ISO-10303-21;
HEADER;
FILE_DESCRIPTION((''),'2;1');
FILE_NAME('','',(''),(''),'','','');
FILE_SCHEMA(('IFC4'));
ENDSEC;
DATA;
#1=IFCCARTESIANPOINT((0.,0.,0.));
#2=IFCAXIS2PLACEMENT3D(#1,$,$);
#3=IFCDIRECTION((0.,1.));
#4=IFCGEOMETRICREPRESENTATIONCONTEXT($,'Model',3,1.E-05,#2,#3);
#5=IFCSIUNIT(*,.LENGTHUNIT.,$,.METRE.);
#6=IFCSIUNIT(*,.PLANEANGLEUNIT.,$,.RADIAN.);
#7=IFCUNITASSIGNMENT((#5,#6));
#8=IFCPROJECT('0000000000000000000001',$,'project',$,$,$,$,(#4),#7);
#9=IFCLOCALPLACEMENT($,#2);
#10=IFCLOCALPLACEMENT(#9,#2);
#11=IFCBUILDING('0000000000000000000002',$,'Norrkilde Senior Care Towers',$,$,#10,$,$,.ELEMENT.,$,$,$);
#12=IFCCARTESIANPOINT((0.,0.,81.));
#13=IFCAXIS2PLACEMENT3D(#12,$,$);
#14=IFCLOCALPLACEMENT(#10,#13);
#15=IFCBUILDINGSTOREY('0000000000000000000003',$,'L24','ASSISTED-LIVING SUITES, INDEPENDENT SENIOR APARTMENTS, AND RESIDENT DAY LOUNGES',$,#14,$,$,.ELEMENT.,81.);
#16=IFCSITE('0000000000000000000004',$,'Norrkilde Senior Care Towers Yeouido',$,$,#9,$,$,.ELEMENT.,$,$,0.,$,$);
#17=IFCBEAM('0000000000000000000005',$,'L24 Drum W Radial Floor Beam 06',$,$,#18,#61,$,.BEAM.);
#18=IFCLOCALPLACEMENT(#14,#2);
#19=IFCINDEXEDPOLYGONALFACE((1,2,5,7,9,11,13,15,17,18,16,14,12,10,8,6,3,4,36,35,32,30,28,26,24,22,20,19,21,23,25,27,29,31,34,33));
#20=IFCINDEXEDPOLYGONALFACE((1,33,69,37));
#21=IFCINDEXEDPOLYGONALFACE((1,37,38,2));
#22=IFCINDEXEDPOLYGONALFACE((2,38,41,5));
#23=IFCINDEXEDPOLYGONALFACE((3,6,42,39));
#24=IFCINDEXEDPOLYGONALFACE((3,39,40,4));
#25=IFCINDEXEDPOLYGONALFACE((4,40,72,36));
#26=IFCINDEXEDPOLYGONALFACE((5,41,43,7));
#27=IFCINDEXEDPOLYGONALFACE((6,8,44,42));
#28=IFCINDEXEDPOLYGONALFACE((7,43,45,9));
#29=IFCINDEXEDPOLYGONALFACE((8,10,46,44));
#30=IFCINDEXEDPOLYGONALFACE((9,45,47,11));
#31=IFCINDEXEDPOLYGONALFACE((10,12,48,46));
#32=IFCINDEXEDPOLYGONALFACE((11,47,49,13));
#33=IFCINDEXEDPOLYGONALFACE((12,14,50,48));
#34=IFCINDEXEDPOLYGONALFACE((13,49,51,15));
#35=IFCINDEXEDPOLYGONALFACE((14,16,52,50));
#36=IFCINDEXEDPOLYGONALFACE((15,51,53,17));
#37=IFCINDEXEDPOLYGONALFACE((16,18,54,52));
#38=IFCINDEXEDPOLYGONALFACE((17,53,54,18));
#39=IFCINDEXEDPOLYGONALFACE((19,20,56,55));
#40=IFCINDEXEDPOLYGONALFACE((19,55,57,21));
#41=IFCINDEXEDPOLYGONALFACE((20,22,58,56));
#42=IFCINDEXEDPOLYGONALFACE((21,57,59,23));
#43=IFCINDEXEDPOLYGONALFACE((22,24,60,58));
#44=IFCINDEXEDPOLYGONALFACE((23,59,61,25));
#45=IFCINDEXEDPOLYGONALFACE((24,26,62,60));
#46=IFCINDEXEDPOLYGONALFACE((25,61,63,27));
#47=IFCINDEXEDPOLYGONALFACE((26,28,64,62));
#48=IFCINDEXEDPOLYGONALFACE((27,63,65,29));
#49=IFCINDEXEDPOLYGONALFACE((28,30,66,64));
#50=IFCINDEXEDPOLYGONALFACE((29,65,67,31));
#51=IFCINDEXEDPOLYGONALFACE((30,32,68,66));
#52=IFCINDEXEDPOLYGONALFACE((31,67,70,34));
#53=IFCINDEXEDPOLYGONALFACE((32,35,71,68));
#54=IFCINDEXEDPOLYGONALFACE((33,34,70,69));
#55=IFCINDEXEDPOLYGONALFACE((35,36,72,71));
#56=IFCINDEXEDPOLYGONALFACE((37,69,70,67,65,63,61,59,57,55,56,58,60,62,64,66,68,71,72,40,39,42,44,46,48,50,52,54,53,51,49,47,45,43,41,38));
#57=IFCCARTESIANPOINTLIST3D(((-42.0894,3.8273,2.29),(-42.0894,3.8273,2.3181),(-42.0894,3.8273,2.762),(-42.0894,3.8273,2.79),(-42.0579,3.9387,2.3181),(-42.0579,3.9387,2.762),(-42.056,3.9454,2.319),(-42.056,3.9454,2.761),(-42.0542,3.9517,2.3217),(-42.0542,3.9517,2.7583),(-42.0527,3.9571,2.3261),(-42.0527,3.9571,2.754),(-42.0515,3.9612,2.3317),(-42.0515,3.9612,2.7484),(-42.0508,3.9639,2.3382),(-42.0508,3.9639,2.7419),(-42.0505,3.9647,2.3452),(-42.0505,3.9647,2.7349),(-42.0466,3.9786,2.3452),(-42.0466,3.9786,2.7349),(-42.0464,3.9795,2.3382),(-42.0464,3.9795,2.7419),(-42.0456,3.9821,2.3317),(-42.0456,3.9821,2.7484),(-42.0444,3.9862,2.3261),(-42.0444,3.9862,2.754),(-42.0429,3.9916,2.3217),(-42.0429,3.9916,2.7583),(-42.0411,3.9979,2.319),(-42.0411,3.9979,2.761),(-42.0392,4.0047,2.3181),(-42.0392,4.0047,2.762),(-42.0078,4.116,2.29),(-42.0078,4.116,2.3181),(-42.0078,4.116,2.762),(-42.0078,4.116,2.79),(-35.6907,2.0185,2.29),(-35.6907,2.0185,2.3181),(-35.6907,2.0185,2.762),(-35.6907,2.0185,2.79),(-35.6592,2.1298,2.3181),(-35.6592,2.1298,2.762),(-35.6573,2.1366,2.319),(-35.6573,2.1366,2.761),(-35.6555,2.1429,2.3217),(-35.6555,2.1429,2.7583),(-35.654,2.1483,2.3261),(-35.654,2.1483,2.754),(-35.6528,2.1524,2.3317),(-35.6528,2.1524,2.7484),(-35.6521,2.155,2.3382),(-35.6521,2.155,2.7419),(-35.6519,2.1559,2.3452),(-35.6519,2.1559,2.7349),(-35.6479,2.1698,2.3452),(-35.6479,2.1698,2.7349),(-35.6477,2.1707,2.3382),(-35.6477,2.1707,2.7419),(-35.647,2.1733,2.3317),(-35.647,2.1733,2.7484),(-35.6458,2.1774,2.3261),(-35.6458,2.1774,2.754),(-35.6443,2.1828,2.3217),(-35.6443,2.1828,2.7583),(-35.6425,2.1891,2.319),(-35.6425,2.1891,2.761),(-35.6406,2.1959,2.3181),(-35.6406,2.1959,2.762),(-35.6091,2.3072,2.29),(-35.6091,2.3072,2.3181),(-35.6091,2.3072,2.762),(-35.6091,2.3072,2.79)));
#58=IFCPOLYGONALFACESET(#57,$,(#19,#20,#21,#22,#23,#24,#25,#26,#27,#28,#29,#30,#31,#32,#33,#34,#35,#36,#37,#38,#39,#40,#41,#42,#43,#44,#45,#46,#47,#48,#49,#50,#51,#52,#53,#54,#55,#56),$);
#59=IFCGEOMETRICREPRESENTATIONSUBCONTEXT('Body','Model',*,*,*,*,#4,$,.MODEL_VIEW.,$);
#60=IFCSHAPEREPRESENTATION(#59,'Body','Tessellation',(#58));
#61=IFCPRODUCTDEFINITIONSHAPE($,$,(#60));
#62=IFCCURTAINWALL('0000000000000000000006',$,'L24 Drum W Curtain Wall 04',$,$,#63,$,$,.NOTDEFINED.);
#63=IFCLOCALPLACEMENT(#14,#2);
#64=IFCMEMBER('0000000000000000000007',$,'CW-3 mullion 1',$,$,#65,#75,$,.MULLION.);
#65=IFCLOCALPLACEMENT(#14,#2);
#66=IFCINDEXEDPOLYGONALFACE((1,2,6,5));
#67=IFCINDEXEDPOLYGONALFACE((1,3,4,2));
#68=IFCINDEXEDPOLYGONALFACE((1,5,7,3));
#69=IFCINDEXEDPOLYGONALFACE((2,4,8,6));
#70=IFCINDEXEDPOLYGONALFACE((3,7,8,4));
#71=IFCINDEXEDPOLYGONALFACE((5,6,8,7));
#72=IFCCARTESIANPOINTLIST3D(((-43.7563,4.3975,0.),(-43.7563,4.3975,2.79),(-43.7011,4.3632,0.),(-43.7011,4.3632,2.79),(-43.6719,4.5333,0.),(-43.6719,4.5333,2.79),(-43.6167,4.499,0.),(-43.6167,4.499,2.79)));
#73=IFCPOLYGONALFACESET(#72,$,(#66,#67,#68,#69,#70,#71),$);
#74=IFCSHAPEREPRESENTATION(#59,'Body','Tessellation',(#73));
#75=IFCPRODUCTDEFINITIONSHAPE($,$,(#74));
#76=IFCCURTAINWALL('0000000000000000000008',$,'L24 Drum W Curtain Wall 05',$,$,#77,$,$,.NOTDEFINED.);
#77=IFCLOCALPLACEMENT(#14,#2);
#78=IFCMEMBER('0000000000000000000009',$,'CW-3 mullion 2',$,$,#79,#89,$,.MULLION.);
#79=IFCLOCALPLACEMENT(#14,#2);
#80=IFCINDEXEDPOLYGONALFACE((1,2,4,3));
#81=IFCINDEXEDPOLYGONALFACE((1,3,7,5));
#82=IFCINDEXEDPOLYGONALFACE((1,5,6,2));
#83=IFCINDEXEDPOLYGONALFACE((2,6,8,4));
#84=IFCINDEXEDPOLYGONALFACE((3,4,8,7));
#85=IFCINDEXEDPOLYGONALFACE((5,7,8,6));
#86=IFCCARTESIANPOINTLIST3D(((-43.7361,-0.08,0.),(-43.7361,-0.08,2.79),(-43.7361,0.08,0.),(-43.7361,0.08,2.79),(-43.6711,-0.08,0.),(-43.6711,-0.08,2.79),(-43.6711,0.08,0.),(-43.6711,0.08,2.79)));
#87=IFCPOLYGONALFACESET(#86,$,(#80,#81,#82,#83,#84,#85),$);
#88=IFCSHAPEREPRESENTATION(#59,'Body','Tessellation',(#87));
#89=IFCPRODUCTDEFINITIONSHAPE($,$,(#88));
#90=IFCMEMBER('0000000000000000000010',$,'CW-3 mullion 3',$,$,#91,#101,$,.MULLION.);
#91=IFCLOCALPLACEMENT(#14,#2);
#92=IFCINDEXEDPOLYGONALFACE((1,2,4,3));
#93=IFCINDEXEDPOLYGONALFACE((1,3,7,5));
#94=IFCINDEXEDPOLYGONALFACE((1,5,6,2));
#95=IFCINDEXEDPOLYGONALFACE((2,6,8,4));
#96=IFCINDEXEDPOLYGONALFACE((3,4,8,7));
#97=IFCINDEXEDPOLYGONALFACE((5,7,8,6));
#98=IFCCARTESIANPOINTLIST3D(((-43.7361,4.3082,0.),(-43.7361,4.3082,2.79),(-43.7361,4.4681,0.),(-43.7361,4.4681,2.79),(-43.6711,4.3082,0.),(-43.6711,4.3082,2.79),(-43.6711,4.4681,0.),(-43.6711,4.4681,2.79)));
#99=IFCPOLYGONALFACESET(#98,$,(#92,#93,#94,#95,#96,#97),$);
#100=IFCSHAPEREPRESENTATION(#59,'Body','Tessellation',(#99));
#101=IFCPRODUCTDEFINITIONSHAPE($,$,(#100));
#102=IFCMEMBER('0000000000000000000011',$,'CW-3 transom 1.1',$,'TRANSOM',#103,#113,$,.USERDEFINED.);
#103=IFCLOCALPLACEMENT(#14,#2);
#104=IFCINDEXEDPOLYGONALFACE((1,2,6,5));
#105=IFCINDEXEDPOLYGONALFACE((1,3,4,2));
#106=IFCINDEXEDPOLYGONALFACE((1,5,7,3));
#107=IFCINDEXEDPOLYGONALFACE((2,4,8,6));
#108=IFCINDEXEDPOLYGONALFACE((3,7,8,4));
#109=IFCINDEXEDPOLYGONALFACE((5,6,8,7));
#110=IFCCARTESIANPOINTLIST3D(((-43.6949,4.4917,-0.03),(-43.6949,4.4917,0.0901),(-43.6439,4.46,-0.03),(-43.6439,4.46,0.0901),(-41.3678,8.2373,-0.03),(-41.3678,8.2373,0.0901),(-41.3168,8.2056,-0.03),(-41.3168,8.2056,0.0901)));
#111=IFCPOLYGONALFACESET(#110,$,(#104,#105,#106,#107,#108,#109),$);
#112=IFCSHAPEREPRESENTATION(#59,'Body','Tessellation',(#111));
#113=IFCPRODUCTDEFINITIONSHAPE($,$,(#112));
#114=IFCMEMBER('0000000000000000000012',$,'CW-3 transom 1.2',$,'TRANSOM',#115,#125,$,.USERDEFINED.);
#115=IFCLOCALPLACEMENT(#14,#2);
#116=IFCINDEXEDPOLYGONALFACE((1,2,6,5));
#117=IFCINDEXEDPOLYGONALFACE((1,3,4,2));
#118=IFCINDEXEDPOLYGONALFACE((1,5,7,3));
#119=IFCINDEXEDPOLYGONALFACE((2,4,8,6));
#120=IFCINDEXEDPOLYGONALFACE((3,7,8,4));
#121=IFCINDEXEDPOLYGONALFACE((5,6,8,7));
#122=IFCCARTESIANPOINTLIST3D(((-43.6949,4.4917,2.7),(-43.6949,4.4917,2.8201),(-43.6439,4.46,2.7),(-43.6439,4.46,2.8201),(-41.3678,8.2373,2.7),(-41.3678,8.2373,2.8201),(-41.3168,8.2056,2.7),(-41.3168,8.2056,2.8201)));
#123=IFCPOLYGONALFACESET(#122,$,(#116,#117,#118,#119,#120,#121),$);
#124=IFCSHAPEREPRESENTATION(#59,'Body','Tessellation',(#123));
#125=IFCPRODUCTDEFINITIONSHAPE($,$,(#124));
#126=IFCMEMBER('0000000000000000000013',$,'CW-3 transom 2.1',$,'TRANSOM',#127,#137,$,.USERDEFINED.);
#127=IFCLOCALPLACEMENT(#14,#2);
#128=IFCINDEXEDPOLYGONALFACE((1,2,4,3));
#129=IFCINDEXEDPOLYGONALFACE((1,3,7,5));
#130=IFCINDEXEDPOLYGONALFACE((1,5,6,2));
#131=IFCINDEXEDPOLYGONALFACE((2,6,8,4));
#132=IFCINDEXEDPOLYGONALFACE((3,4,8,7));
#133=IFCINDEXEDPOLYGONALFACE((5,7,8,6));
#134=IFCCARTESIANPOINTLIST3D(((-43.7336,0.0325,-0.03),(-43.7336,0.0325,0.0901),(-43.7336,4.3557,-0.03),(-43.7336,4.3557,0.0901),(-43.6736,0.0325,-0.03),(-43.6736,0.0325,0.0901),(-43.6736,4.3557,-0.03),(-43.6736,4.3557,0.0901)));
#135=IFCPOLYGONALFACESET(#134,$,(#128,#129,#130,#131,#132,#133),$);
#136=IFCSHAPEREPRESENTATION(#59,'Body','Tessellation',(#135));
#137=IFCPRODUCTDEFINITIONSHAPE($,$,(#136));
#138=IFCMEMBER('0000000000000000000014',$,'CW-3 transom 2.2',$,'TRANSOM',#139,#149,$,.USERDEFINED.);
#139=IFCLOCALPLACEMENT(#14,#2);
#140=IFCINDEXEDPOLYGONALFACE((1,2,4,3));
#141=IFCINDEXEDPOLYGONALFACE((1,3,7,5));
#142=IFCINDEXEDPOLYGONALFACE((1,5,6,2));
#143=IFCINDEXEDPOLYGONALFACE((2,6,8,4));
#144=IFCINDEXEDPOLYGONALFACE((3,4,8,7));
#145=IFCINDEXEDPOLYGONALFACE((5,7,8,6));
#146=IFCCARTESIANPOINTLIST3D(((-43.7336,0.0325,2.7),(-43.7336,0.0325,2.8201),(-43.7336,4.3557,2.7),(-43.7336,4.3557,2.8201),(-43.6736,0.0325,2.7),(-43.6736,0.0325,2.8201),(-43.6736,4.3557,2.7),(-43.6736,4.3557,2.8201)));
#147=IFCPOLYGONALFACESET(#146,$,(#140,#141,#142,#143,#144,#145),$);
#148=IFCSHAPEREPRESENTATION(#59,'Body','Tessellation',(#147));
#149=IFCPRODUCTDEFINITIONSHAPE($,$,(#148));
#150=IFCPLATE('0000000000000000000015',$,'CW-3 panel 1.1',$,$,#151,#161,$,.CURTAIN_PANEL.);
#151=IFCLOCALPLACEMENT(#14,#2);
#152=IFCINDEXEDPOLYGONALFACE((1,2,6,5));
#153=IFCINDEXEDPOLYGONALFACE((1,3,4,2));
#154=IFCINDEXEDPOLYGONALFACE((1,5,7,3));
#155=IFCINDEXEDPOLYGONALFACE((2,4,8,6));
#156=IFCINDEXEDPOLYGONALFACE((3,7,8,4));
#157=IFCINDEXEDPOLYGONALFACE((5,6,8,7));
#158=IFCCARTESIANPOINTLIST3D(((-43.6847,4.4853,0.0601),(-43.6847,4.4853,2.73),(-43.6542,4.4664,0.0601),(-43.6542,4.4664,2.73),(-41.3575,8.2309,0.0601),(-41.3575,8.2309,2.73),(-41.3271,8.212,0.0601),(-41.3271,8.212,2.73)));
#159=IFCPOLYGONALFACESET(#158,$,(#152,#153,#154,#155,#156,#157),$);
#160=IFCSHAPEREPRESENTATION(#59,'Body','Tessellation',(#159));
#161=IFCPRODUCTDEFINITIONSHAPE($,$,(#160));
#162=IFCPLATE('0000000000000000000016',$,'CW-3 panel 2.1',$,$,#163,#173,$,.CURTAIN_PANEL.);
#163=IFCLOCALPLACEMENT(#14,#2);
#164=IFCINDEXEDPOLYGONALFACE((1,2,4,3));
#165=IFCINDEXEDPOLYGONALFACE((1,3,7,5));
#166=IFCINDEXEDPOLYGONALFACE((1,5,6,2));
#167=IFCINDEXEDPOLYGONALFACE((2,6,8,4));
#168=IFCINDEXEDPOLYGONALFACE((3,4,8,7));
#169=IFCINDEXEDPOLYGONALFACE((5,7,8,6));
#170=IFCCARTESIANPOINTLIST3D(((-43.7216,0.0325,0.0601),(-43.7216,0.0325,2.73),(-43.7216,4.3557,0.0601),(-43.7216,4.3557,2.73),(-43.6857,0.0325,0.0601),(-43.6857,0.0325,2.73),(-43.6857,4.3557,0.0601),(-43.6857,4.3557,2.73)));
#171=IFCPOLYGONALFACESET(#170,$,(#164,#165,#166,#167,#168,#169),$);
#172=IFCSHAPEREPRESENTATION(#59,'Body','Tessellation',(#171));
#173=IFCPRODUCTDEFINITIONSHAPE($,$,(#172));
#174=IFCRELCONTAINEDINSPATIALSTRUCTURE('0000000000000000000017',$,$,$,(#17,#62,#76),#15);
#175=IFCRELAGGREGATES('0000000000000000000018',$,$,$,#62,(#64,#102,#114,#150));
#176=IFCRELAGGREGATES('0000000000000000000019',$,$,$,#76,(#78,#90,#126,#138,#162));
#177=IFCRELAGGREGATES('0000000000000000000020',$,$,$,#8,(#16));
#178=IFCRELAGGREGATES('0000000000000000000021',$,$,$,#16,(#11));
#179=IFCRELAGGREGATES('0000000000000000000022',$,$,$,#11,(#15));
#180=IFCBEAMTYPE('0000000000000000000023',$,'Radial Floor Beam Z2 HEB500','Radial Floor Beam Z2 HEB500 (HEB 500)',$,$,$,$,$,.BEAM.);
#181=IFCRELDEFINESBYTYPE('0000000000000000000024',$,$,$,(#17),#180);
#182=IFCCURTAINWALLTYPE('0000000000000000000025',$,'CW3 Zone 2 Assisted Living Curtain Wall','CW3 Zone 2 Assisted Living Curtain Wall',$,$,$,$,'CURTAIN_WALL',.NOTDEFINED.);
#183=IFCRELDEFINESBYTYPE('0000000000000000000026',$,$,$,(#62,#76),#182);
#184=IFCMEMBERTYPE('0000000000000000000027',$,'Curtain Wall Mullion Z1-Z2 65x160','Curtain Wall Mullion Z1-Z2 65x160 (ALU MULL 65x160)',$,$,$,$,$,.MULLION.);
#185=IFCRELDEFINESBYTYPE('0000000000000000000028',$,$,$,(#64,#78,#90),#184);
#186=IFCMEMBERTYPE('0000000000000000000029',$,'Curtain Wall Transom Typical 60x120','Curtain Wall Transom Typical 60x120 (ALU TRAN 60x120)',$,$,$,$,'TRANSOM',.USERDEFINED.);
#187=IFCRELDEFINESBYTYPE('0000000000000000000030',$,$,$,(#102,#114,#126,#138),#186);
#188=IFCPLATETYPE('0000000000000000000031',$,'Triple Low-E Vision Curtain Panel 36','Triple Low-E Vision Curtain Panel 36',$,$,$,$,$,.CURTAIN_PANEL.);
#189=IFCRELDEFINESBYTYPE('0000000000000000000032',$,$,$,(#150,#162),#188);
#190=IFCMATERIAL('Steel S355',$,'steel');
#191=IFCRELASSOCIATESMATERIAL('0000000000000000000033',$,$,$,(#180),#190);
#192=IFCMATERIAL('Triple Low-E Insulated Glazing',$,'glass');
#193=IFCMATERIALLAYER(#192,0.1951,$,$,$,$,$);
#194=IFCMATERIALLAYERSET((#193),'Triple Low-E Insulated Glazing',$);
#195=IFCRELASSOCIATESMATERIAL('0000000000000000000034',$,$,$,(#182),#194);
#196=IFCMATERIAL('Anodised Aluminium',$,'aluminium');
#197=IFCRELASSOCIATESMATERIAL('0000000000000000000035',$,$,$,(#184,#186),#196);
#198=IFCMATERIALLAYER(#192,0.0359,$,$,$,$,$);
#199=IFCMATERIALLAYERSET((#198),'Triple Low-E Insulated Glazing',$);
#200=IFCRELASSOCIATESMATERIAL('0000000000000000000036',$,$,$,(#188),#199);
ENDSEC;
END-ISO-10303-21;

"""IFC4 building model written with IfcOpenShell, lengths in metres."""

from ifc_helpers import new_model, si_unit, direction, frame, origin, origin_2d, place, context, subcontext, project, spatial, rectangle, i_section, extrude, source, transform, mapped, material, layer, layer_set, material_profile, profile_set, type_object, type_shapes, element, aggregate, save


model = new_model("IFC4")

# Units and contexts
model_context = context("Model", 3, precision=1e-05, world=origin(), true_north=direction((0.0, 1.0)))
body_context = subcontext(model_context, "Body", "Model", "MODEL_VIEW")
ifc_project = project(units=[si_unit("LENGTHUNIT", "METRE"), si_unit("PLANEANGLEUNIT", "RADIAN")], contexts=[model_context])

# Site, building, storey
site_placement = place(None, origin())
site = spatial("IfcSite", under=ifc_project, at=site_placement, Name="Norrkilde Senior Care Towers Yeouido", CompositionType="ELEMENT", RefElevation=0.0)
building_placement = place(site_placement, origin())
building = spatial("IfcBuilding", under=site, at=building_placement, Name="Norrkilde Senior Care Towers", CompositionType="ELEMENT")
storey_placement = place(building_placement, frame((0.0, 0.0, 81.0)))
storey = spatial("IfcBuildingStorey", under=building, at=storey_placement, Name="L24", Description="ASSISTED-LIVING SUITES, INDEPENDENT SENIOR APARTMENTS, AND RESIDENT DAY LOUNGES", CompositionType="ELEMENT", Elevation=81.0)

# Beam
ifc_material_1 = material(Name="Steel S355", Category="steel")
ifc_material_profile_1 = material_profile(ifc_material_1, i_section(OverallWidth=0.3, OverallDepth=0.5, WebThickness=0.0144, FlangeThickness=0.0281, FilletRadius=0.0271, at=origin_2d()), Name="HEB 500")
ifc_profile_set_1 = profile_set([ifc_material_profile_1], Name="Steel S355")
beam_type_1 = type_object("IfcBeamType", Name="Radial Floor Beam Z2 HEB500", Description="Radial Floor Beam Z2 HEB500 (HEB 500)", PredefinedType="BEAM", material=ifc_profile_set_1)
shared_shape_1 = source(origin(), body_context, "Body", "SweptSolid", [
    extrude(i_section(OverallWidth=0.3, OverallDepth=0.5, WebThickness=0.0144, FlangeThickness=0.0281, FilletRadius=0.0271, at=origin_2d()), origin(), (0.0, 0.0, 1.0), 6.6494),
])
beam_1_placement = place(storey_placement, frame((-35.6499, 2.1628, 2.54), z_axis=(-0.962289, 0.272029, 0.0), x_axis=(-0.272029, -0.962289, 0.0)))
element("IfcBeam", 1, at=beam_1_placement, inside=storey, type_object=beam_type_1, Name="L24 Drum W Radial Floor Beam 06", PredefinedType="BEAM", context=body_context, shape_type="MappedRepresentation", body=[
    mapped(shared_shape_1, transform((0.0, 0.0, 0.0), x_axis=(1.0, 0.0, 0.0), y_axis=(0.0, 1.0, 0.0), z_axis=(0.0, 0.0, 1.0), scale=1.0)),
])

# Curtain wall, member
ifc_material_2 = material(Name="Triple Low-E Insulated Glazing", Category="glass")
ifc_layer_1 = layer(ifc_material_2, 0.1951)
ifc_layer_set_1 = layer_set([ifc_layer_1], Name="Triple Low-E Insulated Glazing")
curtain_wall_type = type_object("IfcCurtainWallType", Name="CW3 Zone 2 Assisted Living Curtain Wall", Description="CW3 Zone 2 Assisted Living Curtain Wall", ElementType="CURTAIN_WALL", PredefinedType="NOTDEFINED", material=ifc_layer_set_1)
curtain_wall_1_placement = place(storey_placement, origin())
curtain_wall_1 = element("IfcCurtainWall", 2, at=curtain_wall_1_placement, inside=storey, type_object=curtain_wall_type, Name="L24 Drum W Curtain Wall 04", PredefinedType="NOTDEFINED")
ifc_material_3 = material(Name="Anodised Aluminium", Category="aluminium")
ifc_material_profile_2 = material_profile(ifc_material_3, rectangle(XDim=0.0649, YDim=0.1599, at=origin_2d()), Name="ALU MULL 65x160")
ifc_profile_set_2 = profile_set([ifc_material_profile_2], Name="Anodised Aluminium")
member_type_1 = type_object("IfcMemberType", Name="Curtain Wall Mullion Z1-Z2 65x160", Description="Curtain Wall Mullion Z1-Z2 65x160 (ALU MULL 65x160)", PredefinedType="MULLION", material=ifc_profile_set_2)
shared_shape_2 = source(origin(), body_context, "Body", "SweptSolid", [
    extrude(rectangle(XDim=0.0649, YDim=0.1599, at=origin_2d()), origin(), (0.0, 0.0, 1.0), 2.79),
])
type_shapes(member_type_1, [shared_shape_2])
member_1_placement = place(storey_placement, frame((-43.6865, 4.4482, 0.0), z_axis=(0.0, 0.0, 1.0), x_axis=(-0.84941, 0.527733, 0.0)))
member_1 = element("IfcMember", 3, at=member_1_placement, type_object=member_type_1, Name="CW-3 mullion 1", PredefinedType="MULLION", context=body_context, shape_type="MappedRepresentation", body=[
    mapped(shared_shape_2, transform((0.0, 0.0, 0.0), x_axis=(1.0, 0.0, 0.0), y_axis=(0.0, 1.0, 0.0), z_axis=(0.0, 0.0, 1.0), scale=1.0)),
])

# Curtain wall, members
curtain_wall_2_placement = place(storey_placement, origin())
curtain_wall_2 = element("IfcCurtainWall", 4, at=curtain_wall_2_placement, inside=storey, type_object=curtain_wall_type, Name="L24 Drum W Curtain Wall 05", PredefinedType="NOTDEFINED")
member_2_placement = place(storey_placement, frame((-43.7036, 0.0, 0.0), z_axis=(0.0, 0.0, 1.0), x_axis=(-1.0, 0.0, 0.0)))
member_2 = element("IfcMember", 5, at=member_2_placement, type_object=member_type_1, Name="CW-3 mullion 2", PredefinedType="MULLION", context=body_context, shape_type="MappedRepresentation", body=[
    mapped(shared_shape_2, transform((0.0, 0.0, 0.0), x_axis=(1.0, 0.0, 0.0), y_axis=(0.0, 1.0, 0.0), z_axis=(0.0, 0.0, 1.0), scale=1.0)),
])
member_3_placement = place(storey_placement, frame((-43.7036, 4.3882, 0.0), z_axis=(0.0, 0.0, 1.0), x_axis=(-1.0, 0.0, 0.0)))
member_3 = element("IfcMember", 6, at=member_3_placement, type_object=member_type_1, Name="CW-3 mullion 3", PredefinedType="MULLION", context=body_context, shape_type="MappedRepresentation", body=[
    mapped(shared_shape_2, transform((0.0, 0.0, 0.0), x_axis=(1.0, 0.0, 0.0), y_axis=(0.0, 1.0, 0.0), z_axis=(0.0, 0.0, 1.0), scale=1.0)),
])

# Members
ifc_material_profile_3 = material_profile(ifc_material_3, rectangle(XDim=0.0601, YDim=0.1201, at=origin_2d()), Name="ALU TRAN 60x120")
ifc_profile_set_3 = profile_set([ifc_material_profile_3], Name="Anodised Aluminium")
member_type_2 = type_object("IfcMemberType", Name="Curtain Wall Transom Typical 60x120", Description="Curtain Wall Transom Typical 60x120 (ALU TRAN 60x120)", ElementType="TRANSOM", PredefinedType="USERDEFINED", material=ifc_profile_set_3)
shared_shape_3 = source(origin(), body_context, "Body", "SweptSolid", [
    extrude(rectangle(XDim=0.0601, YDim=0.1201, at=origin_2d()), origin(), (0.0, 0.0, 1.0), 4.4097),
])
member_4_placement = place(storey_placement, frame((-43.6694, 4.4758, 0.03), z_axis=(0.527738, 0.849407, 0.0), x_axis=(-0.849407, 0.527738, 0.0)))
member_4 = element("IfcMember", 7, at=member_4_placement, type_object=member_type_2, Name="CW-3 transom 1.1", ObjectType="TRANSOM", PredefinedType="USERDEFINED", context=body_context, shape_type="MappedRepresentation", body=[
    mapped(shared_shape_3, transform((0.0, 0.0, 0.0), x_axis=(1.0, 0.0, 0.0), y_axis=(0.0, 1.0, 0.0), z_axis=(0.0, 0.0, 1.0), scale=1.0)),
])
member_5_placement = place(storey_placement, frame((-43.6694, 4.4758, 2.76), z_axis=(0.527738, 0.849407, 0.0), x_axis=(-0.849407, 0.527738, 0.0)))
member_5 = element("IfcMember", 8, at=member_5_placement, type_object=member_type_2, Name="CW-3 transom 1.2", ObjectType="TRANSOM", PredefinedType="USERDEFINED", context=body_context, shape_type="MappedRepresentation", body=[
    mapped(shared_shape_3, transform((0.0, 0.0, 0.0), x_axis=(1.0, 0.0, 0.0), y_axis=(0.0, 1.0, 0.0), z_axis=(0.0, 0.0, 1.0), scale=1.0)),
])
shared_shape_4 = source(origin(), body_context, "Body", "SweptSolid", [
    extrude(rectangle(XDim=0.0601, YDim=0.1201, at=origin_2d()), origin(), (0.0, 0.0, 1.0), 4.3232),
])
type_shapes(member_type_2, [shared_shape_3, shared_shape_4])
member_6_placement = place(storey_placement, frame((-43.7036, 0.0325, 0.03), z_axis=(0.0, 1.0, 0.0), x_axis=(-1.0, 0.0, 0.0)))
member_6 = element("IfcMember", 9, at=member_6_placement, type_object=member_type_2, Name="CW-3 transom 2.1", ObjectType="TRANSOM", PredefinedType="USERDEFINED", context=body_context, shape_type="MappedRepresentation", body=[
    mapped(shared_shape_4, transform((0.0, 0.0, 0.0), x_axis=(1.0, 0.0, 0.0), y_axis=(0.0, 1.0, 0.0), z_axis=(0.0, 0.0, 1.0), scale=1.0)),
])
member_7_placement = place(storey_placement, frame((-43.7036, 0.0325, 2.76), z_axis=(0.0, 1.0, 0.0), x_axis=(-1.0, 0.0, 0.0)))
member_7 = element("IfcMember", 10, at=member_7_placement, type_object=member_type_2, Name="CW-3 transom 2.2", ObjectType="TRANSOM", PredefinedType="USERDEFINED", context=body_context, shape_type="MappedRepresentation", body=[
    mapped(shared_shape_4, transform((0.0, 0.0, 0.0), x_axis=(1.0, 0.0, 0.0), y_axis=(0.0, 1.0, 0.0), z_axis=(0.0, 0.0, 1.0), scale=1.0)),
])

# Plates
ifc_layer_2 = layer(ifc_material_2, 0.0359)
ifc_layer_set_2 = layer_set([ifc_layer_2], Name="Triple Low-E Insulated Glazing")
plate_type = type_object("IfcPlateType", Name="Triple Low-E Vision Curtain Panel 36", Description="Triple Low-E Vision Curtain Panel 36", PredefinedType="CURTAIN_PANEL", material=ifc_layer_set_2)
shared_shape_5 = source(origin(), body_context, "Body", "SweptSolid", [
    extrude(rectangle(XDim=4.4097, YDim=0.0359, at=origin_2d()), origin(), (0.0, 0.0, 1.0), 2.6699),
])
plate_1_placement = place(storey_placement, frame((-42.5059, 6.3486, 0.0601), z_axis=(0.0, 0.0, 1.0), x_axis=(0.527733, 0.84941, 0.0)))
plate_1 = element("IfcPlate", 11, at=plate_1_placement, type_object=plate_type, Name="CW-3 panel 1.1", PredefinedType="CURTAIN_PANEL", context=body_context, shape_type="MappedRepresentation", body=[
    mapped(shared_shape_5, transform((0.0, 0.0, 0.0), x_axis=(1.0, 0.0, 0.0), y_axis=(0.0, 1.0, 0.0), z_axis=(0.0, 0.0, 1.0), scale=1.0)),
])
aggregate(curtain_wall_1, [member_1, member_4, member_5, plate_1])
shared_shape_6 = source(origin(), body_context, "Body", "SweptSolid", [
    extrude(rectangle(XDim=4.3232, YDim=0.0359, at=origin_2d()), origin(), (0.0, 0.0, 1.0), 2.6699),
])
type_shapes(plate_type, [shared_shape_5, shared_shape_6])
plate_2_placement = place(storey_placement, frame((-43.7036, 2.1941, 0.0601), z_axis=(0.0, 0.0, 1.0), x_axis=(0.0, 1.0, 0.0)))
plate_2 = element("IfcPlate", 12, at=plate_2_placement, type_object=plate_type, Name="CW-3 panel 2.1", PredefinedType="CURTAIN_PANEL", context=body_context, shape_type="MappedRepresentation", body=[
    mapped(shared_shape_6, transform((0.0, 0.0, 0.0), x_axis=(1.0, 0.0, 0.0), y_axis=(0.0, 1.0, 0.0), z_axis=(0.0, 0.0, 1.0), scale=1.0)),
])
aggregate(curtain_wall_2, [member_2, member_3, member_6, member_7, plate_2])

save(model, "model.ifc")
